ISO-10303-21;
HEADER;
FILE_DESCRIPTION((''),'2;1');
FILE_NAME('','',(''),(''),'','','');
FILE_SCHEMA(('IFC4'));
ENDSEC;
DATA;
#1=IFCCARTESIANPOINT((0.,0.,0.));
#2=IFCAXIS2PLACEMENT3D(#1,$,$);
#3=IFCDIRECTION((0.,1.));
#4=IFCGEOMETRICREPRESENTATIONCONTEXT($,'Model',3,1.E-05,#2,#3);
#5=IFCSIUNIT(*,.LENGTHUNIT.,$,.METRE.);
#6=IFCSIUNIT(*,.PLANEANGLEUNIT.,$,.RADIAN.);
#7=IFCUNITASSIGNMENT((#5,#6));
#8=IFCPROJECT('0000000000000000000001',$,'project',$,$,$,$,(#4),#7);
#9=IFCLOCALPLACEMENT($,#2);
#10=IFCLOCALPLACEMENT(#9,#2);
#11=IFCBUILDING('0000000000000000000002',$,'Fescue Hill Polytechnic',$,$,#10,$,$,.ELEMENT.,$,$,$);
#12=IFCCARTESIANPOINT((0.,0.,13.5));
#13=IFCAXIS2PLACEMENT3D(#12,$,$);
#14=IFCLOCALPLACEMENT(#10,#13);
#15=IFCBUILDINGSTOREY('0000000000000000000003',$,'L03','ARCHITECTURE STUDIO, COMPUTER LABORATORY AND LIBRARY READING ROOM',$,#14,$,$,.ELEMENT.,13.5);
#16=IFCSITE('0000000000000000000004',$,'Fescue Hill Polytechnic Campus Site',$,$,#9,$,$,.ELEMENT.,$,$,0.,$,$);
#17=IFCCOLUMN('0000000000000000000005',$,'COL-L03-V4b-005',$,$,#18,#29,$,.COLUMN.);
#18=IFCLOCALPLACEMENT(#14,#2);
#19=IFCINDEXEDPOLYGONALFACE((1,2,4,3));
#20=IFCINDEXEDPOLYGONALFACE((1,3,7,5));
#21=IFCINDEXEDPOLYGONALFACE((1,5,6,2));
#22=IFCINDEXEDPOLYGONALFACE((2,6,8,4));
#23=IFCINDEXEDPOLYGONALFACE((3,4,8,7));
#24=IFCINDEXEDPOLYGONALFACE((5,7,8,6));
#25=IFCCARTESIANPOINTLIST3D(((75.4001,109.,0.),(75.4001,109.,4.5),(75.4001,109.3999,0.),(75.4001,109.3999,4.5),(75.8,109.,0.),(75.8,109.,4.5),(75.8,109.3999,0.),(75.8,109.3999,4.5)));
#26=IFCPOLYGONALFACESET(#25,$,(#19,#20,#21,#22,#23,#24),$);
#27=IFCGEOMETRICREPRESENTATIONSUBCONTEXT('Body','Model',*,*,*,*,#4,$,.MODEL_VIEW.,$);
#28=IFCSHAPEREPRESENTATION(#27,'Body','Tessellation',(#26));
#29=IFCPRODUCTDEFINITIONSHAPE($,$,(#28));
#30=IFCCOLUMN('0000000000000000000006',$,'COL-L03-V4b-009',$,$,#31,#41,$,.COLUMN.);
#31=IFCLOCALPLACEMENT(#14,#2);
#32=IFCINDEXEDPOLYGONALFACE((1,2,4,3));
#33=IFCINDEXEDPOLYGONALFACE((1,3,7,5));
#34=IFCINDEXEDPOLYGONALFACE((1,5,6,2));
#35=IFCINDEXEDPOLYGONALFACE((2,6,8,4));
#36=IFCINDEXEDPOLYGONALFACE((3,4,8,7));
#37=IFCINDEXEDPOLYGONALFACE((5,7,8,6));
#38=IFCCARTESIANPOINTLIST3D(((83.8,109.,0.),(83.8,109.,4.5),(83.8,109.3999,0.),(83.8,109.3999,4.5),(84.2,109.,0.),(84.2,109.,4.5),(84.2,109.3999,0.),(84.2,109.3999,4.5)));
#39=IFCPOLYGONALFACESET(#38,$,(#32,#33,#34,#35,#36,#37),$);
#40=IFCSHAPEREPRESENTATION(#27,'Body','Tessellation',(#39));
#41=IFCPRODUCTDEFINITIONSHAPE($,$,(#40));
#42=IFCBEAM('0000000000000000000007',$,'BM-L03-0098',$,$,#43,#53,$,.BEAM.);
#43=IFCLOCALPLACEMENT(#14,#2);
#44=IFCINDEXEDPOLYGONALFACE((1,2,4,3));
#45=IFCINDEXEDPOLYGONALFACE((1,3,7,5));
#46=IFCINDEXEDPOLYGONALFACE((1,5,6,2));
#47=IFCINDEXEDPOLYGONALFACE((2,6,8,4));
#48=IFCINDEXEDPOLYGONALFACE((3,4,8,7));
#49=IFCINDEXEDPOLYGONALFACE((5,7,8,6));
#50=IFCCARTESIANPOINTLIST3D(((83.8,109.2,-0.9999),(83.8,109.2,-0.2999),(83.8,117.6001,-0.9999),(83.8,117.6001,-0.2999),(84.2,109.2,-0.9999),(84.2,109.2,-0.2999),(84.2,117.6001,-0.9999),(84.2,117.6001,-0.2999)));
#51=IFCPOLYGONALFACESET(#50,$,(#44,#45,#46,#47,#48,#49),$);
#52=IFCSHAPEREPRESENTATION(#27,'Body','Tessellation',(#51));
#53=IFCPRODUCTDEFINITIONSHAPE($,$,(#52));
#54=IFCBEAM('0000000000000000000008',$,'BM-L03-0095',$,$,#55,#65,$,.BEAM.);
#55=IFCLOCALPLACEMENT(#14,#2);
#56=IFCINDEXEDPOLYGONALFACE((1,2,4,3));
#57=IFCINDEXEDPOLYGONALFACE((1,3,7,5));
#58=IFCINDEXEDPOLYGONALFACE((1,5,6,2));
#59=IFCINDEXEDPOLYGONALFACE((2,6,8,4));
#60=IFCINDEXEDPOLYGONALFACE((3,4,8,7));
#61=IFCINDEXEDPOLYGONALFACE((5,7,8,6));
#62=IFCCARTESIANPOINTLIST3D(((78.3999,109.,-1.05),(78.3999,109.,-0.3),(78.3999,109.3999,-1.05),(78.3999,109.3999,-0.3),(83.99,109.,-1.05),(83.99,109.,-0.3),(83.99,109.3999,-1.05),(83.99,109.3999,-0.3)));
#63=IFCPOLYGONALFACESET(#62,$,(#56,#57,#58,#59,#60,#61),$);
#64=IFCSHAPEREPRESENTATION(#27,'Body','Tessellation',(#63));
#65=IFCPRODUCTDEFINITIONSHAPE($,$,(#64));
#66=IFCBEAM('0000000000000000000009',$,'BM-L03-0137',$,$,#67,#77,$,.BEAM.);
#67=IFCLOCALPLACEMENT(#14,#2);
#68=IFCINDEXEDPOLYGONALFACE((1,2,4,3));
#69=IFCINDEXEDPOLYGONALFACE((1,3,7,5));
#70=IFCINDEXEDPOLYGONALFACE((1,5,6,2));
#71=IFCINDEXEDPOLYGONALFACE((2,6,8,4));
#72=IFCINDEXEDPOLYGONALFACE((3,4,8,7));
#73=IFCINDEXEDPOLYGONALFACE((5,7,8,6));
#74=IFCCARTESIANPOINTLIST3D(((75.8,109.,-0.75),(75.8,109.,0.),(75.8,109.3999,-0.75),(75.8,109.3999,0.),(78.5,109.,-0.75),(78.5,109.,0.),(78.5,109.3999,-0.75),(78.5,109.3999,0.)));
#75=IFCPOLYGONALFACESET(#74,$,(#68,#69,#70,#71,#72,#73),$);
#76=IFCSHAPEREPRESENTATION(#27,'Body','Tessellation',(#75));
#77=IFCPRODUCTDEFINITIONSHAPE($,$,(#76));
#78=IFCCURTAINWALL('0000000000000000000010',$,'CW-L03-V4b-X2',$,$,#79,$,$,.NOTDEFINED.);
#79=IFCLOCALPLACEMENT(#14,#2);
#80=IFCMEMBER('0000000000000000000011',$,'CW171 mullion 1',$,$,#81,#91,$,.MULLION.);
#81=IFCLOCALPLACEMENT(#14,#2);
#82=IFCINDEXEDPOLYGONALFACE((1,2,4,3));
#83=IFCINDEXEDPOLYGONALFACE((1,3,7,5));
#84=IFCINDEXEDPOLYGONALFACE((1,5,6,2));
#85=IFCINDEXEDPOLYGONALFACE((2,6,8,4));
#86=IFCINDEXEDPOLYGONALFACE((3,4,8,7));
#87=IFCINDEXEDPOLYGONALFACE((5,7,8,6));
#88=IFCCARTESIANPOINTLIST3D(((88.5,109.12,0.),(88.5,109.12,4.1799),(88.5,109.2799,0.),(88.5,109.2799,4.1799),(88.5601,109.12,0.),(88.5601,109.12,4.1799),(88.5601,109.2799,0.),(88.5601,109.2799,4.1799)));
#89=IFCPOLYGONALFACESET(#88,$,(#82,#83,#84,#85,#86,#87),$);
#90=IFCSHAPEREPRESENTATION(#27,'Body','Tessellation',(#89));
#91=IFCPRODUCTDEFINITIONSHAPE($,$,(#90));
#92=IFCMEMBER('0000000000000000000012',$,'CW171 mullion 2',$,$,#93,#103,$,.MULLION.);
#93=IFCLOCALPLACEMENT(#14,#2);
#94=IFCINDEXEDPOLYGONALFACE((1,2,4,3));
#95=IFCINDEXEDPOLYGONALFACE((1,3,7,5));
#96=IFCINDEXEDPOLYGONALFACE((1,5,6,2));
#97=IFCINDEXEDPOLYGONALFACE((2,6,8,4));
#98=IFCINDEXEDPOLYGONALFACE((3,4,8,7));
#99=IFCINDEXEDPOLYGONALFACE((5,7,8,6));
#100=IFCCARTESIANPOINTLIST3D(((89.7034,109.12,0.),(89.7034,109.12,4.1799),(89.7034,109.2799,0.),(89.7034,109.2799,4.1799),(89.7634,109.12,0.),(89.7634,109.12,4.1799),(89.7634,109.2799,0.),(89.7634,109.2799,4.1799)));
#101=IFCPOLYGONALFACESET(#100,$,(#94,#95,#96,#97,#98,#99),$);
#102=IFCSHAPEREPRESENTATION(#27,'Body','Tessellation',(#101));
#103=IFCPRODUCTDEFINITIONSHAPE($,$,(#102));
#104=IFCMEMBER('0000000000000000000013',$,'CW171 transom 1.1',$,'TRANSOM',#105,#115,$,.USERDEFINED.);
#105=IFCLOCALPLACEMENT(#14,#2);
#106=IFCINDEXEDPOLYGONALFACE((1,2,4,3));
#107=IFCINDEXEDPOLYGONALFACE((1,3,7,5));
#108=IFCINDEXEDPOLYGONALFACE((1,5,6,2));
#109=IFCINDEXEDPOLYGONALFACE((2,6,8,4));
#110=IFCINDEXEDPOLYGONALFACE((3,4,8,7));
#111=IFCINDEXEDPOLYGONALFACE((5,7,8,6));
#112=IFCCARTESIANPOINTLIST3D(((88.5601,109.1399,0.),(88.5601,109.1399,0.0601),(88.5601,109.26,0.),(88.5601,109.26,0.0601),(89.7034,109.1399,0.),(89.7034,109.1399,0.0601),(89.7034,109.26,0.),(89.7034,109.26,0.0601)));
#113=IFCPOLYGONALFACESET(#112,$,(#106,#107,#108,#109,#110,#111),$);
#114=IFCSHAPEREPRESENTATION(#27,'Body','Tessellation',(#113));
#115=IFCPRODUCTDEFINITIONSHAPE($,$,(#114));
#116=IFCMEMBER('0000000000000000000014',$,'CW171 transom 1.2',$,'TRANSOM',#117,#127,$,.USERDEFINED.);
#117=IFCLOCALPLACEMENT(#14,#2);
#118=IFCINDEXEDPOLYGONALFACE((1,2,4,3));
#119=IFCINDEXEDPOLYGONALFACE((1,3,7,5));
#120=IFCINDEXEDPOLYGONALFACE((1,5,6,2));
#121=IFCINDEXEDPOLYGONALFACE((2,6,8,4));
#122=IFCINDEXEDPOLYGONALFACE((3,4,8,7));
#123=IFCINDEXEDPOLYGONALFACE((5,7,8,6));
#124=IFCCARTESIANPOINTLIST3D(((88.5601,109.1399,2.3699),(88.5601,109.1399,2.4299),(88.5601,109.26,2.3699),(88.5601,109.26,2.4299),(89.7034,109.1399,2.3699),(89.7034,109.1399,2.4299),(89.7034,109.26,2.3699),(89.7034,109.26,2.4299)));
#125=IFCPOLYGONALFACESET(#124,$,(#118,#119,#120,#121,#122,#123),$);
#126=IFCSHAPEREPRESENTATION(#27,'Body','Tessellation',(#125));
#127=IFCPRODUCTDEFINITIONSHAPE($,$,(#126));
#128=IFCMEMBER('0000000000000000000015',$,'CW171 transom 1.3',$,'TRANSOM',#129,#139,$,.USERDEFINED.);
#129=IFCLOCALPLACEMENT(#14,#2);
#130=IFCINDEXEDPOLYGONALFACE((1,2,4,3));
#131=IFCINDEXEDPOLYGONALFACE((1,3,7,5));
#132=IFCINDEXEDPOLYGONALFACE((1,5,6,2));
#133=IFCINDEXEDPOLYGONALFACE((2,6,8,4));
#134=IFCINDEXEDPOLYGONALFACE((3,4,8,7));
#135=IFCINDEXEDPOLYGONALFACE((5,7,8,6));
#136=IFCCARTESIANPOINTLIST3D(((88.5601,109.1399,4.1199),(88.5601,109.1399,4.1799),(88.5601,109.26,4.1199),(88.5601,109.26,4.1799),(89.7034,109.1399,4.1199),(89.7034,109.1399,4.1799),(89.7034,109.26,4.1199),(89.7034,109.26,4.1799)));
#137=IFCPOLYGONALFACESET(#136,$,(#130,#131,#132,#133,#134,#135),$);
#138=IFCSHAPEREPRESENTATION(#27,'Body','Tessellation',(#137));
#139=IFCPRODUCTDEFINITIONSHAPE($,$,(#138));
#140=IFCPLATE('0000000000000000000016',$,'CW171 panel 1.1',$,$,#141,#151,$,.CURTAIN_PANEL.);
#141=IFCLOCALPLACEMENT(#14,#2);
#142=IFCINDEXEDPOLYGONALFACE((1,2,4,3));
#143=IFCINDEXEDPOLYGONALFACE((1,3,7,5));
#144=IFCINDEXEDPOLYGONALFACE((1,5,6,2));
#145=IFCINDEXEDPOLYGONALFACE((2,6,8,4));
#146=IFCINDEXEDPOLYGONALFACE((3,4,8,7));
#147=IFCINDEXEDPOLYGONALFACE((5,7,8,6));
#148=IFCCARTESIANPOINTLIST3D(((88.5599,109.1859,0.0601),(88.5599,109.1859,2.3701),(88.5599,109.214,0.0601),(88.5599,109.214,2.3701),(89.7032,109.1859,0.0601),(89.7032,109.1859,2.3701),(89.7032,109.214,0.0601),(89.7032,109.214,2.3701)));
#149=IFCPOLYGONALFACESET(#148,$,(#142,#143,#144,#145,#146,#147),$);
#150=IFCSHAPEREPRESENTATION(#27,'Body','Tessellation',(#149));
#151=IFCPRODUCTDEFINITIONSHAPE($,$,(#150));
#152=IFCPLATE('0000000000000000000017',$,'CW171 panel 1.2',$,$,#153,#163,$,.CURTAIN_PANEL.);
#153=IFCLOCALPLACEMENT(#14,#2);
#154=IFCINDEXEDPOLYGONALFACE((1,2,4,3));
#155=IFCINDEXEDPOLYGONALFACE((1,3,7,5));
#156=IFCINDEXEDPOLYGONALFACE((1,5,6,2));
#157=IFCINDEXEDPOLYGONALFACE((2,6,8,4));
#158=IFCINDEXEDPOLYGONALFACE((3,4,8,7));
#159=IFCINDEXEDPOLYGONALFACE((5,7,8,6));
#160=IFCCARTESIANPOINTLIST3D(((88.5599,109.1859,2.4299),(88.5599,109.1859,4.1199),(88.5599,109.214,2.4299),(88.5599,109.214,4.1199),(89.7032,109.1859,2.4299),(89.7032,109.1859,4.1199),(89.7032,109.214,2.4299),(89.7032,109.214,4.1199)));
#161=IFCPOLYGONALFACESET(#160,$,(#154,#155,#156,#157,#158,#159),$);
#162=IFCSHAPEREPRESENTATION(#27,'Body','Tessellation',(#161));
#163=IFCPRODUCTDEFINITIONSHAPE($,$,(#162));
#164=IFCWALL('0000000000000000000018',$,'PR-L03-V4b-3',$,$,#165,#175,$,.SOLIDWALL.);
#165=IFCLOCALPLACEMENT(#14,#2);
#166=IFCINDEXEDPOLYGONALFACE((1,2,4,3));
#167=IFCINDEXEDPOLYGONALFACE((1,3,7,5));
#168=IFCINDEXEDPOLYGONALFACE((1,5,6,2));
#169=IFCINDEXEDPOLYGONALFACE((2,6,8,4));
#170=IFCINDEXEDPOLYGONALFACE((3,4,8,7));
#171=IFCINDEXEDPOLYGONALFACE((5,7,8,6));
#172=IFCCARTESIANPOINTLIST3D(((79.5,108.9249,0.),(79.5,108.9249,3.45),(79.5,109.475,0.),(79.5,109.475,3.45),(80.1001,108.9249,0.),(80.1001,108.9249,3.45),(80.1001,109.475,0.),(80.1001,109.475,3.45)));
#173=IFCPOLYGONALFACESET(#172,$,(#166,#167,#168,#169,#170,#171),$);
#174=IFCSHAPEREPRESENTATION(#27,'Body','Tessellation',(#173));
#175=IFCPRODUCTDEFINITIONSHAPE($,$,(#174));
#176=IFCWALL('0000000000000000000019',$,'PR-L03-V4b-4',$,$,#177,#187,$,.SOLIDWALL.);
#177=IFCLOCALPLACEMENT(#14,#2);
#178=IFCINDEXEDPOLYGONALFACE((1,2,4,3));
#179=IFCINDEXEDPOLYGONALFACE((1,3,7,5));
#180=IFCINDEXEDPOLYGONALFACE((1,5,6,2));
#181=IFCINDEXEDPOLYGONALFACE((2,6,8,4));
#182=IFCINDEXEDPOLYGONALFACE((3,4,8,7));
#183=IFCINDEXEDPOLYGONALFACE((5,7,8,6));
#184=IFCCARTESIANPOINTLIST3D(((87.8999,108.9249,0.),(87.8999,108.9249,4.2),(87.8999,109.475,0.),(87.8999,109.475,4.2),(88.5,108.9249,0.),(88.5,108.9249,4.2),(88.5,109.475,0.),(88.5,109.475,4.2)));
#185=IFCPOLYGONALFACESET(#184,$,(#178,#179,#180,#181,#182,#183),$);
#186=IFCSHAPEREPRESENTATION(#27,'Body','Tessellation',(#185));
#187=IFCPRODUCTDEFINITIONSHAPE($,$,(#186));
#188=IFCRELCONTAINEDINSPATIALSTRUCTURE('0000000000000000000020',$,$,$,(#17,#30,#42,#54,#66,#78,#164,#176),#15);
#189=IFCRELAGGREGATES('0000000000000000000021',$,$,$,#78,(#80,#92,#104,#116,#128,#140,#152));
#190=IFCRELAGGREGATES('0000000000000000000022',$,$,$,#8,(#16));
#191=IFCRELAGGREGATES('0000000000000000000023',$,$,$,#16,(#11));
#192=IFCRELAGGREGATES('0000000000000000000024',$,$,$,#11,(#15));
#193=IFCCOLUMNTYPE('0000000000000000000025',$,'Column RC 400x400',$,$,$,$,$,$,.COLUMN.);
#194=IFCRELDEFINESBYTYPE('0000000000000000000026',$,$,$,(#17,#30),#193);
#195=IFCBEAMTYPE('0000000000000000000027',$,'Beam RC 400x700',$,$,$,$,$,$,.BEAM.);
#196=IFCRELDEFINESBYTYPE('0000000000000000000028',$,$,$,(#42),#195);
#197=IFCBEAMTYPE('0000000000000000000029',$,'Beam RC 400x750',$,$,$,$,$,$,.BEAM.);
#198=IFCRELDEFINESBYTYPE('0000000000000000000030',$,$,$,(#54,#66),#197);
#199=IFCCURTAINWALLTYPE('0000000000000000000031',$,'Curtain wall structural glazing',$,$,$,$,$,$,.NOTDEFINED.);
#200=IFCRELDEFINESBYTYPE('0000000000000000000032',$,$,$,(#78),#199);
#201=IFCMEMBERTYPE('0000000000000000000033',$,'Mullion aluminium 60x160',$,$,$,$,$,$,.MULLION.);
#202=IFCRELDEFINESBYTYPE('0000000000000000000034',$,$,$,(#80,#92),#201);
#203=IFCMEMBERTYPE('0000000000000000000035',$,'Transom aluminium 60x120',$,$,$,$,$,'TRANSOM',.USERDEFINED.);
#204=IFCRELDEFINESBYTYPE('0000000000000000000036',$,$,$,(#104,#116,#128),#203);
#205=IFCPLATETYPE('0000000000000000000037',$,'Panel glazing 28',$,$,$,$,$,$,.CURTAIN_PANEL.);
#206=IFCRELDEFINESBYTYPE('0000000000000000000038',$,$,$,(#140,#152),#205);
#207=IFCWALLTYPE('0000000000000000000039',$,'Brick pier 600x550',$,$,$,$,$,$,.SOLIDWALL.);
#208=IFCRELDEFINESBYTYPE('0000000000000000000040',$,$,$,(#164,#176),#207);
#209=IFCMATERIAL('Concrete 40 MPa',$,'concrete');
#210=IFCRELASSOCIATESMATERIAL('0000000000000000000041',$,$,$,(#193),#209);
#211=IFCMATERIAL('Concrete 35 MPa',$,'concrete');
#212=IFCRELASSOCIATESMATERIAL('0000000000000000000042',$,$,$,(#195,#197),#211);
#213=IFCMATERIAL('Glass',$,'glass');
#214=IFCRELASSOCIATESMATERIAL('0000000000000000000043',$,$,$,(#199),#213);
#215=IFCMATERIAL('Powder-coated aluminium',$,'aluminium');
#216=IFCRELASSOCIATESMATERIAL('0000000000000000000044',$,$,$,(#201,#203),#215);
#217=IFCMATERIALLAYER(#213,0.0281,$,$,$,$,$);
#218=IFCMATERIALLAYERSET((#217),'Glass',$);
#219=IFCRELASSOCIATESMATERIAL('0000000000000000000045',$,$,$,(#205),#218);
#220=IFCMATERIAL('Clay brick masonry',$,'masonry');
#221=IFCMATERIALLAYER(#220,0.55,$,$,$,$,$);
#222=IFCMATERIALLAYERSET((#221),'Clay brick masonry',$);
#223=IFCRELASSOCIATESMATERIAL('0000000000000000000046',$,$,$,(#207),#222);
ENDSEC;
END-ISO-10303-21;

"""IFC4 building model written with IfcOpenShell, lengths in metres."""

from ifc_helpers import new_model, si_unit, direction, frame, frame_2d, origin, origin_2d, place, context, subcontext, project, spatial, rectangle, extrude, material, layer, layer_set, material_profile, profile_set, type_object, element, aggregate, save


model = new_model("IFC4")

# Units and contexts
model_context = context("Model", 3, precision=1e-05, world=origin(), true_north=direction((0.0, 1.0)))
body_context = subcontext(model_context, "Body", "Model", "MODEL_VIEW")
ifc_project = project(units=[si_unit("LENGTHUNIT", "METRE"), si_unit("PLANEANGLEUNIT", "RADIAN")], contexts=[model_context])

# Site, building, storey
site_placement = place(None, origin())
site = spatial("IfcSite", under=ifc_project, at=site_placement, Name="Fescue Hill Polytechnic Campus Site", CompositionType="ELEMENT", RefElevation=0.0)
building_placement = place(site_placement, origin())
building = spatial("IfcBuilding", under=site, at=building_placement, Name="Fescue Hill Polytechnic", CompositionType="ELEMENT")
storey_placement = place(building_placement, frame((0.0, 0.0, 13.5)))
storey = spatial("IfcBuildingStorey", under=building, at=storey_placement, Name="L03", Description="ARCHITECTURE STUDIO, COMPUTER LABORATORY AND LIBRARY READING ROOM", CompositionType="ELEMENT", Elevation=13.5)

# Columns
ifc_material_1 = material(Name="Concrete 40 MPa", Category="concrete")
ifc_material_profile_1 = material_profile(ifc_material_1, rectangle(XDim=0.3999, YDim=0.3999, at=origin_2d()), Name="RC 400x400")
ifc_profile_set_1 = profile_set([ifc_material_profile_1], Name="Concrete 40 MPa")
column_type = type_object("IfcColumnType", Name="Column RC 400x400", PredefinedType="COLUMN", material=ifc_profile_set_1)
for number, where, z_axis, x_axis, name in (
    (1, (75.6001, 109.2, 0.0), (0.0, 0.0, 1.0), (1.0, 0.0, 0.0), "COL-L03-V4b-005"),
    (2, (84.0, 109.2, 0.0), (0.0, 0.0, 1.0), (1.0, 0.0, 0.0), "COL-L03-V4b-009"),
):
    element("IfcColumn", number, at=place(storey_placement, frame(where, z_axis=z_axis, x_axis=x_axis)), inside=storey, type_object=column_type, Name=name, PredefinedType="COLUMN", context=body_context, shape_type="SweptSolid", body=[
        extrude(rectangle(XDim=0.3999, YDim=0.3999, at=origin_2d()), origin(), (0.0, 0.0, 1.0), 4.5),
    ])

# Beams
ifc_material_2 = material(Name="Concrete 35 MPa", Category="concrete")
ifc_material_profile_2 = material_profile(ifc_material_2, rectangle(XDim=0.3999, YDim=0.7, at=origin_2d()), Name="RC 400x700")
ifc_profile_set_2 = profile_set([ifc_material_profile_2], Name="Concrete 35 MPa")
beam_type_1 = type_object("IfcBeamType", Name="Beam RC 400x700", PredefinedType="BEAM", material=ifc_profile_set_2)
beam_1_placement = place(storey_placement, frame((84.0, 109.2, -0.6499), z_axis=(0.0, 1.0, 0.0), x_axis=(-1.0, 0.0, 0.0)))
element("IfcBeam", 3, at=beam_1_placement, inside=storey, type_object=beam_type_1, Name="BM-L03-0098", PredefinedType="BEAM", context=body_context, shape_type="SweptSolid", body=[
    extrude(rectangle(XDim=0.3999, YDim=0.7, at=origin_2d()), origin(), (0.0, 0.0, 1.0), 8.4001),
])
ifc_material_profile_3 = material_profile(ifc_material_2, rectangle(XDim=0.3999, YDim=0.75, at=origin_2d()), Name="RC 400x750")
ifc_profile_set_3 = profile_set([ifc_material_profile_3], Name="Concrete 35 MPa")
beam_type_2 = type_object("IfcBeamType", Name="Beam RC 400x750", PredefinedType="BEAM", material=ifc_profile_set_3)
beam_2_placement = place(storey_placement, frame((78.3999, 109.2, -0.675), z_axis=(1.0, 0.0, 0.0), x_axis=(0.0, 1.0, 0.0)))
element("IfcBeam", 4, at=beam_2_placement, inside=storey, type_object=beam_type_2, Name="BM-L03-0095", PredefinedType="BEAM", context=body_context, shape_type="SweptSolid", body=[
    extrude(rectangle(XDim=0.3999, YDim=0.75, at=origin_2d()), origin(), (0.0, 0.0, 1.0), 5.5901),
])
beam_3_placement = place(storey_placement, frame((75.8, 109.2, -0.375), z_axis=(1.0, 0.0, 0.0), x_axis=(0.0, 1.0, 0.0)))
element("IfcBeam", 5, at=beam_3_placement, inside=storey, type_object=beam_type_2, Name="BM-L03-0137", PredefinedType="BEAM", context=body_context, shape_type="SweptSolid", body=[
    extrude(rectangle(XDim=0.3999, YDim=0.75, at=origin_2d()), origin(), (0.0, 0.0, 1.0), 2.7),
])

# Curtain wall, members, plates
ifc_material_3 = material(Name="Glass", Category="glass")
curtain_wall_type = type_object("IfcCurtainWallType", Name="Curtain wall structural glazing", PredefinedType="NOTDEFINED", material=ifc_material_3)
curtain_wall_placement = place(storey_placement, origin())
curtain_wall = element("IfcCurtainWall", 6, at=curtain_wall_placement, inside=storey, type_object=curtain_wall_type, Name="CW-L03-V4b-X2", PredefinedType="NOTDEFINED")
ifc_material_4 = material(Name="Powder-coated aluminium", Category="aluminium")
ifc_material_profile_4 = material_profile(ifc_material_4, rectangle(XDim=0.1599, YDim=0.0601, at=origin_2d()), Name="Mullion aluminium 60x160")
ifc_profile_set_4 = profile_set([ifc_material_profile_4], Name="Powder-coated aluminium")
member_type_1 = type_object("IfcMemberType", Name="Mullion aluminium 60x160", PredefinedType="MULLION", material=ifc_profile_set_4)
member_1_placement = place(storey_placement, frame((88.53, 109.2, 0.0), z_axis=(0.0, 0.0, 1.0), x_axis=(0.0, 1.0, 0.0)))
member_1 = element("IfcMember", 7, at=member_1_placement, type_object=member_type_1, Name="CW171 mullion 1", PredefinedType="MULLION", context=body_context, shape_type="SweptSolid", body=[
    extrude(rectangle(XDim=0.1599, YDim=0.0601, at=origin_2d()), origin(), (0.0, 0.0, 1.0), 4.1799),
])
member_2_placement = place(storey_placement, frame((89.7334, 109.2, 0.0), z_axis=(0.0, 0.0, 1.0), x_axis=(0.0, 1.0, 0.0)))
member_2 = element("IfcMember", 8, at=member_2_placement, type_object=member_type_1, Name="CW171 mullion 2", PredefinedType="MULLION", context=body_context, shape_type="SweptSolid", body=[
    extrude(rectangle(XDim=0.1599, YDim=0.0601, at=origin_2d()), origin(), (0.0, 0.0, 1.0), 4.1799),
])
ifc_material_profile_5 = material_profile(ifc_material_4, rectangle(XDim=0.1201, YDim=0.0601, at=origin_2d()), Name="Transom aluminium 60x120")
ifc_profile_set_5 = profile_set([ifc_material_profile_5], Name="Powder-coated aluminium")
member_type_2 = type_object("IfcMemberType", Name="Transom aluminium 60x120", ElementType="TRANSOM", PredefinedType="USERDEFINED", material=ifc_profile_set_5)
member_3_placement = place(storey_placement, frame((88.5601, 109.2, 0.03), z_axis=(1.0, 0.0, 0.0), x_axis=(0.0, 1.0, 0.0)))
member_3 = element("IfcMember", 9, at=member_3_placement, type_object=member_type_2, Name="CW171 transom 1.1", ObjectType="TRANSOM", PredefinedType="USERDEFINED", context=body_context, shape_type="SweptSolid", body=[
    extrude(rectangle(XDim=0.1201, YDim=0.0601, at=origin_2d()), origin(), (0.0, 0.0, 1.0), 1.1433),
])
member_4_placement = place(storey_placement, frame((88.5601, 109.2, 2.3999), z_axis=(1.0, 0.0, 0.0), x_axis=(0.0, 1.0, 0.0)))
member_4 = element("IfcMember", 10, at=member_4_placement, type_object=member_type_2, Name="CW171 transom 1.2", ObjectType="TRANSOM", PredefinedType="USERDEFINED", context=body_context, shape_type="SweptSolid", body=[
    extrude(rectangle(XDim=0.1201, YDim=0.0601, at=origin_2d()), origin(), (0.0, 0.0, 1.0), 1.1433),
])
member_5_placement = place(storey_placement, frame((88.5601, 109.2, 4.1499), z_axis=(1.0, 0.0, 0.0), x_axis=(0.0, 1.0, 0.0)))
member_5 = element("IfcMember", 11, at=member_5_placement, type_object=member_type_2, Name="CW171 transom 1.3", ObjectType="TRANSOM", PredefinedType="USERDEFINED", context=body_context, shape_type="SweptSolid", body=[
    extrude(rectangle(XDim=0.1201, YDim=0.0601, at=origin_2d()), origin(), (0.0, 0.0, 1.0), 1.1433),
])
ifc_layer_1 = layer(ifc_material_3, 0.0281)
ifc_layer_set_1 = layer_set([ifc_layer_1], Name="Glass")
plate_type = type_object("IfcPlateType", Name="Panel glazing 28", PredefinedType="CURTAIN_PANEL", material=ifc_layer_set_1)
plate_1_placement = place(storey_placement, frame((89.1316, 109.2, 0.0601), z_axis=(0.0, 0.0, 1.0), x_axis=(1.0, 0.0, 0.0)))
plate_1 = element("IfcPlate", 12, at=plate_1_placement, type_object=plate_type, Name="CW171 panel 1.1", PredefinedType="CURTAIN_PANEL", context=body_context, shape_type="SweptSolid", body=[
    extrude(rectangle(XDim=1.1433, YDim=0.0281, at=origin_2d()), origin(), (0.0, 0.0, 1.0), 2.3101),
])
plate_2_placement = place(storey_placement, frame((89.1316, 109.2, 2.4299), z_axis=(0.0, 0.0, 1.0), x_axis=(1.0, 0.0, 0.0)))
plate_2 = element("IfcPlate", 13, at=plate_2_placement, type_object=plate_type, Name="CW171 panel 1.2", PredefinedType="CURTAIN_PANEL", context=body_context, shape_type="SweptSolid", body=[
    extrude(rectangle(XDim=1.1433, YDim=0.0281, at=origin_2d()), origin(), (0.0, 0.0, 1.0), 1.6899),
])
aggregate(curtain_wall, [member_1, member_2, member_3, member_4, member_5, plate_1, plate_2])

# Walls
ifc_material_5 = material(Name="Clay brick masonry", Category="masonry")
ifc_layer_2 = layer(ifc_material_5, 0.55)
ifc_layer_set_2 = layer_set([ifc_layer_2], Name="Clay brick masonry")
wall_type_1 = type_object("IfcWallType", Name="Brick pier 600x550", PredefinedType="SOLIDWALL", material=ifc_layer_set_2)
wall_1_placement = place(storey_placement, frame((79.5, 109.2, 0.0), z_axis=(0.0, 0.0, 1.0), x_axis=(1.0, 0.0, 0.0)))
element("IfcWall", 14, at=wall_1_placement, inside=storey, type_object=wall_type_1, Name="PR-L03-V4b-3", PredefinedType="SOLIDWALL", context=body_context, shape_type="SweptSolid", body=[
    extrude(rectangle(XDim=0.6001, YDim=0.55, at=frame_2d((0.3, 0.0))), origin(), (0.0, 0.0, 1.0), 3.45),
])
wall_2_placement = place(storey_placement, frame((87.8999, 109.2, 0.0), z_axis=(0.0, 0.0, 1.0), x_axis=(1.0, 0.0, 0.0)))
element("IfcWall", 15, at=wall_2_placement, inside=storey, type_object=wall_type_1, Name="PR-L03-V4b-4", PredefinedType="SOLIDWALL", context=body_context, shape_type="SweptSolid", body=[
    extrude(rectangle(XDim=0.6001, YDim=0.55, at=frame_2d((0.3, 0.0))), origin(), (0.0, 0.0, 1.0), 4.2),
])

save(model, "model.ifc")
